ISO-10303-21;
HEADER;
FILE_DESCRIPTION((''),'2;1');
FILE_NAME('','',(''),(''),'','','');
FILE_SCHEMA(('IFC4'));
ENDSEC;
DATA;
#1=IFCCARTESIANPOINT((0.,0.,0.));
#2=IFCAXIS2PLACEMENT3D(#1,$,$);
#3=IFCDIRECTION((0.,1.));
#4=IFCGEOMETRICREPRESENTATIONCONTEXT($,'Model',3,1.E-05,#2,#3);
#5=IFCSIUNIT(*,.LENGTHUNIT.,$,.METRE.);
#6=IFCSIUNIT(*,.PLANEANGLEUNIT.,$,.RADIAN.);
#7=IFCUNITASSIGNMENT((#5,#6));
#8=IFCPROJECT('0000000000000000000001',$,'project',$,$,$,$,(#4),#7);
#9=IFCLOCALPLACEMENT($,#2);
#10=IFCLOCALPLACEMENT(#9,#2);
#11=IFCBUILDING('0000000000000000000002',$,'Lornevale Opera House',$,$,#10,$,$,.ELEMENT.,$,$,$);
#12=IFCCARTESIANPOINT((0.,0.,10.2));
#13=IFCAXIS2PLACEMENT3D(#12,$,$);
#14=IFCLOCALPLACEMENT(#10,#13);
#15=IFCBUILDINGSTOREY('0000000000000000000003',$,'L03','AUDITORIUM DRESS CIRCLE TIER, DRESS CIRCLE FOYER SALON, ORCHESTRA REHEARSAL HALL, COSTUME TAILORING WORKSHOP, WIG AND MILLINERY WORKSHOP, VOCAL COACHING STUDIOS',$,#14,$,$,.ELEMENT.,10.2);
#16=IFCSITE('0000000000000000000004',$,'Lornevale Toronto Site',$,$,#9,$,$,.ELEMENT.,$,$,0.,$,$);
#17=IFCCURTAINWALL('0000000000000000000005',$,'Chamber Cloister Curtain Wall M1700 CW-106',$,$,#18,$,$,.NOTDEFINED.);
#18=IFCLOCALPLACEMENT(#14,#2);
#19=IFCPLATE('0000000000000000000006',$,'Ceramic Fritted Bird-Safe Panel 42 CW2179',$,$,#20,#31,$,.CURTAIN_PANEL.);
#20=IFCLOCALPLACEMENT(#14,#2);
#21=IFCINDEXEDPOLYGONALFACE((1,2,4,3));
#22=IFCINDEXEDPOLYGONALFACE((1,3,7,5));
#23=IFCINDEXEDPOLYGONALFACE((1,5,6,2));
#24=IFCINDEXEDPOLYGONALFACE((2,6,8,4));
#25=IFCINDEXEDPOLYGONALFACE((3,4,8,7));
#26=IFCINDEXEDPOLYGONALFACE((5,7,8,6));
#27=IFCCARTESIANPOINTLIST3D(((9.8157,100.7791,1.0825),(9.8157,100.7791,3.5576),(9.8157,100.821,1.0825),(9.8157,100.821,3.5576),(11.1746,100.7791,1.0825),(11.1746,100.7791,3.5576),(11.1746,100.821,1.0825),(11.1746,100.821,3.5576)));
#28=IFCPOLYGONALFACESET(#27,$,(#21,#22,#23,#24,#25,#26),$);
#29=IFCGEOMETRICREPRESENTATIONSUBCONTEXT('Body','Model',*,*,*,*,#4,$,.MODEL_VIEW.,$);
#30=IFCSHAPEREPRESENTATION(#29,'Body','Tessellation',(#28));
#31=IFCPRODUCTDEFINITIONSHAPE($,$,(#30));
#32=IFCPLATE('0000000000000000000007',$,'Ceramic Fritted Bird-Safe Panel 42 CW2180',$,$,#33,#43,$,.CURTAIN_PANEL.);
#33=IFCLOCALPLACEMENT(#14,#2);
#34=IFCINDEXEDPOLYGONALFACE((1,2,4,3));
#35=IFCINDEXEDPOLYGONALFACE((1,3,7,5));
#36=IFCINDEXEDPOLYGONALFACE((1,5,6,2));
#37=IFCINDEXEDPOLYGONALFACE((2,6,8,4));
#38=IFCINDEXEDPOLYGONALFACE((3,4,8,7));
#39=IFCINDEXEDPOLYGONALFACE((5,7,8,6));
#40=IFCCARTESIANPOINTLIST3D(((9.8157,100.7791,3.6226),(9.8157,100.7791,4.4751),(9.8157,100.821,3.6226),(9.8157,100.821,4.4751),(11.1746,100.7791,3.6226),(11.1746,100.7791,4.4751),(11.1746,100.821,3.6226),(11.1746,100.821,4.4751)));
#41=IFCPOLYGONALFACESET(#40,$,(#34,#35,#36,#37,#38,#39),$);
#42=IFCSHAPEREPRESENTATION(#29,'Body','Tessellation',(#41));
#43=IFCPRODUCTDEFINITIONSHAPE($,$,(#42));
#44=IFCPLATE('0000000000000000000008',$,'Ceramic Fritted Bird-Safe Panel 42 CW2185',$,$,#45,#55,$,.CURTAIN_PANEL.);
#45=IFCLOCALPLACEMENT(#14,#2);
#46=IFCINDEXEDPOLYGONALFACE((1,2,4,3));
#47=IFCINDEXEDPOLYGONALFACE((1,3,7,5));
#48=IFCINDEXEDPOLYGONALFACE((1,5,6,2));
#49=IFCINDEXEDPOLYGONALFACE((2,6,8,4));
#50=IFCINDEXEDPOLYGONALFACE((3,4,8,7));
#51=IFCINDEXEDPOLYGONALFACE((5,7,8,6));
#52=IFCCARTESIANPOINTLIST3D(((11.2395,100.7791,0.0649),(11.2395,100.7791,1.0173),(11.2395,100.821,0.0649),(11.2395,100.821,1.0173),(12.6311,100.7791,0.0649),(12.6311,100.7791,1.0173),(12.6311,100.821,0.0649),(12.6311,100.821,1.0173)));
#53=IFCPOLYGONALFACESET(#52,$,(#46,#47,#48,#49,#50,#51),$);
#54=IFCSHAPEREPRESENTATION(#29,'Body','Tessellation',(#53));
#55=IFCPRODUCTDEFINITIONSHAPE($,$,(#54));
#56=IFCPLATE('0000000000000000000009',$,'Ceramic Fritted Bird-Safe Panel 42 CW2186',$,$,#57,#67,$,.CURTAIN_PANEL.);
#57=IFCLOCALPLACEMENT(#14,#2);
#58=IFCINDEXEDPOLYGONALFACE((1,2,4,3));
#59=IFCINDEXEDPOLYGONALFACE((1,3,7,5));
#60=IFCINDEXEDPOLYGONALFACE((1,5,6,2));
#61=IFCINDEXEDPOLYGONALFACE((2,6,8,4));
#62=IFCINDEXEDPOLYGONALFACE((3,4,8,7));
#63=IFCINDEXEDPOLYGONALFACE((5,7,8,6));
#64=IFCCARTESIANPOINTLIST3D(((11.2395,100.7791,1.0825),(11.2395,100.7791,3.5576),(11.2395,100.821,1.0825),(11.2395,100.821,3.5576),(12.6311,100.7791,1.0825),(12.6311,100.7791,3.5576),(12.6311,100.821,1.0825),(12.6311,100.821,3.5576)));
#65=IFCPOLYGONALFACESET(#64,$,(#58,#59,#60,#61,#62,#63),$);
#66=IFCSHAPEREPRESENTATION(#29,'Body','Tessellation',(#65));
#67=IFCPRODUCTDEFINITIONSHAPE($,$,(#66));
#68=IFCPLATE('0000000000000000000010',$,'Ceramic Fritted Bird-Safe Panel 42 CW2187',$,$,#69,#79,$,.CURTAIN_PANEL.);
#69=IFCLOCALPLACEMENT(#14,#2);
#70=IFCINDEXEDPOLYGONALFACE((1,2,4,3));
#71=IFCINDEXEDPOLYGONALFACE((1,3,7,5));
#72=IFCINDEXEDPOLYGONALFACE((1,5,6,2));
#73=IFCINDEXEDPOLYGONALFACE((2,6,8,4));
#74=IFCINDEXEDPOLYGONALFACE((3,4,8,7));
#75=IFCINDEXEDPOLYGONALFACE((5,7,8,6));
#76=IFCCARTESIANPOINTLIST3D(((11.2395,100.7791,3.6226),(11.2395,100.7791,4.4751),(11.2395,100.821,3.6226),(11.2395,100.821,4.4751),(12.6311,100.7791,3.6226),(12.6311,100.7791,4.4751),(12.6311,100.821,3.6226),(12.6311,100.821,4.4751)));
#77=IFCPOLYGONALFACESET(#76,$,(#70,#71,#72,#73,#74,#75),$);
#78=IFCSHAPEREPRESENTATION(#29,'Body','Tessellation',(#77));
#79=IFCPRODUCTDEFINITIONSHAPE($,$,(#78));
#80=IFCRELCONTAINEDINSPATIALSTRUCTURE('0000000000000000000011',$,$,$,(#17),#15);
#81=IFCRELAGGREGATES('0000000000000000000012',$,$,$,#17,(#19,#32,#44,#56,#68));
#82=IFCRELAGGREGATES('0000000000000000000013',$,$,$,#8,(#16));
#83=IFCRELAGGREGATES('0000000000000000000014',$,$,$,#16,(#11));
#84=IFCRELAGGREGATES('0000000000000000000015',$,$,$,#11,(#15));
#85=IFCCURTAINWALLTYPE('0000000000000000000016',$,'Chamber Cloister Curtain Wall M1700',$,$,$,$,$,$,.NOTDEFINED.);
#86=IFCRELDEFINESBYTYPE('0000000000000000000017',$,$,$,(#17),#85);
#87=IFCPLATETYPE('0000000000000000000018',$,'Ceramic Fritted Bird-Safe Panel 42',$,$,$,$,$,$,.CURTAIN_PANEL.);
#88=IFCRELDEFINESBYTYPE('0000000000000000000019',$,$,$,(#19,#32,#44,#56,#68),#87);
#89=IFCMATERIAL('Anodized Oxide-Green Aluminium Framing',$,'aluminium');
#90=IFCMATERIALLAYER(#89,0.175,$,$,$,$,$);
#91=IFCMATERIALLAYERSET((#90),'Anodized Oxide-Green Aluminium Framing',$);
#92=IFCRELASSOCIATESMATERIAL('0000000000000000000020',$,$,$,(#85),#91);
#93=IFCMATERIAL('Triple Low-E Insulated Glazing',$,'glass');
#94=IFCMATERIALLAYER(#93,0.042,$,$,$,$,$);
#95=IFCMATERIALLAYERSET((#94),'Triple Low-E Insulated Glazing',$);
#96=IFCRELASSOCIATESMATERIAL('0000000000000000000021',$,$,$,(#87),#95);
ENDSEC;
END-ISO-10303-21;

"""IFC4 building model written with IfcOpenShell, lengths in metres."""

from ifc_helpers import new_model, si_unit, direction, frame, origin, origin_2d, place, context, subcontext, project, spatial, rectangle, extrude, material, layer, layer_set, type_object, element, aggregate, save


model = new_model("IFC4")

# Units and contexts
model_context = context("Model", 3, precision=1e-05, world=origin(), true_north=direction((0.0, 1.0)))
body_context = subcontext(model_context, "Body", "Model", "MODEL_VIEW")
ifc_project = project(units=[si_unit("LENGTHUNIT", "METRE"), si_unit("PLANEANGLEUNIT", "RADIAN")], contexts=[model_context])

# Site, building, storey
site_placement = place(None, origin())
site = spatial("IfcSite", under=ifc_project, at=site_placement, Name="Lornevale Toronto Site", CompositionType="ELEMENT", RefElevation=0.0)
building_placement = place(site_placement, origin())
building = spatial("IfcBuilding", under=site, at=building_placement, Name="Lornevale Opera House", CompositionType="ELEMENT")
storey_placement = place(building_placement, frame((0.0, 0.0, 10.2)))
storey = spatial("IfcBuildingStorey", under=building, at=storey_placement, Name="L03", Description="AUDITORIUM DRESS CIRCLE TIER, DRESS CIRCLE FOYER SALON, ORCHESTRA REHEARSAL HALL, COSTUME TAILORING WORKSHOP, WIG AND MILLINERY WORKSHOP, VOCAL COACHING STUDIOS", CompositionType="ELEMENT", Elevation=10.2)

# Curtain wall
ifc_material_1 = material(Name="Anodized Oxide-Green Aluminium Framing", Category="aluminium")
ifc_layer_1 = layer(ifc_material_1, 0.175)
ifc_layer_set_1 = layer_set([ifc_layer_1], Name="Anodized Oxide-Green Aluminium Framing")
curtain_wall_type = type_object("IfcCurtainWallType", Name="Chamber Cloister Curtain Wall M1700", PredefinedType="NOTDEFINED", material=ifc_layer_set_1)
curtain_wall_1_placement = place(storey_placement, origin())
curtain_wall_1 = element("IfcCurtainWall", 1, at=curtain_wall_1_placement, inside=storey, type_object=curtain_wall_type, Name="Chamber Cloister Curtain Wall M1700 CW-106", PredefinedType="NOTDEFINED")

# Plates
ifc_material_2 = material(Name="Triple Low-E Insulated Glazing", Category="glass")
ifc_layer_2 = layer(ifc_material_2, 0.042)
ifc_layer_set_2 = layer_set([ifc_layer_2], Name="Triple Low-E Insulated Glazing")
plate_type = type_object("IfcPlateType", Name="Ceramic Fritted Bird-Safe Panel 42", PredefinedType="CURTAIN_PANEL", material=ifc_layer_set_2)
plate_1_placement = place(storey_placement, frame((10.4951, 100.8, 1.0825), z_axis=(0.0, 0.0, 1.0), x_axis=(1.0, 0.0, 0.0)))
plate_1 = element("IfcPlate", 2, at=plate_1_placement, type_object=plate_type, Name="Ceramic Fritted Bird-Safe Panel 42 CW2179", PredefinedType="CURTAIN_PANEL", context=body_context, shape_type="SweptSolid", body=[
    extrude(rectangle(XDim=1.3589, YDim=0.042, at=origin_2d()), origin(), (0.0, 0.0, 1.0), 2.4751),
])
plate_2_placement = place(storey_placement, frame((10.4951, 100.8, 3.6226), z_axis=(0.0, 0.0, 1.0), x_axis=(1.0, 0.0, 0.0)))
plate_2 = element("IfcPlate", 3, at=plate_2_placement, type_object=plate_type, Name="Ceramic Fritted Bird-Safe Panel 42 CW2180", PredefinedType="CURTAIN_PANEL", context=body_context, shape_type="SweptSolid", body=[
    extrude(rectangle(XDim=1.3589, YDim=0.042, at=origin_2d()), origin(), (0.0, 0.0, 1.0), 0.8525),
])
plate_3_placement = place(storey_placement, frame((11.9353, 100.8, 0.0649), z_axis=(0.0, 0.0, 1.0), x_axis=(1.0, 0.0, 0.0)))
plate_3 = element("IfcPlate", 4, at=plate_3_placement, type_object=plate_type, Name="Ceramic Fritted Bird-Safe Panel 42 CW2185", PredefinedType="CURTAIN_PANEL", context=body_context, shape_type="SweptSolid", body=[
    extrude(rectangle(XDim=1.3916, YDim=0.042, at=origin_2d()), origin(), (0.0, 0.0, 1.0), 0.9524),
])
plate_4_placement = place(storey_placement, frame((11.9353, 100.8, 1.0825), z_axis=(0.0, 0.0, 1.0), x_axis=(1.0, 0.0, 0.0)))
plate_4 = element("IfcPlate", 5, at=plate_4_placement, type_object=plate_type, Name="Ceramic Fritted Bird-Safe Panel 42 CW2186", PredefinedType="CURTAIN_PANEL", context=body_context, shape_type="SweptSolid", body=[
    extrude(rectangle(XDim=1.3916, YDim=0.042, at=origin_2d()), origin(), (0.0, 0.0, 1.0), 2.4751),
])
plate_5_placement = place(storey_placement, frame((11.9353, 100.8, 3.6226), z_axis=(0.0, 0.0, 1.0), x_axis=(1.0, 0.0, 0.0)))
plate_5 = element("IfcPlate", 6, at=plate_5_placement, type_object=plate_type, Name="Ceramic Fritted Bird-Safe Panel 42 CW2187", PredefinedType="CURTAIN_PANEL", context=body_context, shape_type="SweptSolid", body=[
    extrude(rectangle(XDim=1.3916, YDim=0.042, at=origin_2d()), origin(), (0.0, 0.0, 1.0), 0.8525),
])
aggregate(curtain_wall_1, [plate_1, plate_2, plate_3, plate_4, plate_5])

save(model, "model.ifc")
